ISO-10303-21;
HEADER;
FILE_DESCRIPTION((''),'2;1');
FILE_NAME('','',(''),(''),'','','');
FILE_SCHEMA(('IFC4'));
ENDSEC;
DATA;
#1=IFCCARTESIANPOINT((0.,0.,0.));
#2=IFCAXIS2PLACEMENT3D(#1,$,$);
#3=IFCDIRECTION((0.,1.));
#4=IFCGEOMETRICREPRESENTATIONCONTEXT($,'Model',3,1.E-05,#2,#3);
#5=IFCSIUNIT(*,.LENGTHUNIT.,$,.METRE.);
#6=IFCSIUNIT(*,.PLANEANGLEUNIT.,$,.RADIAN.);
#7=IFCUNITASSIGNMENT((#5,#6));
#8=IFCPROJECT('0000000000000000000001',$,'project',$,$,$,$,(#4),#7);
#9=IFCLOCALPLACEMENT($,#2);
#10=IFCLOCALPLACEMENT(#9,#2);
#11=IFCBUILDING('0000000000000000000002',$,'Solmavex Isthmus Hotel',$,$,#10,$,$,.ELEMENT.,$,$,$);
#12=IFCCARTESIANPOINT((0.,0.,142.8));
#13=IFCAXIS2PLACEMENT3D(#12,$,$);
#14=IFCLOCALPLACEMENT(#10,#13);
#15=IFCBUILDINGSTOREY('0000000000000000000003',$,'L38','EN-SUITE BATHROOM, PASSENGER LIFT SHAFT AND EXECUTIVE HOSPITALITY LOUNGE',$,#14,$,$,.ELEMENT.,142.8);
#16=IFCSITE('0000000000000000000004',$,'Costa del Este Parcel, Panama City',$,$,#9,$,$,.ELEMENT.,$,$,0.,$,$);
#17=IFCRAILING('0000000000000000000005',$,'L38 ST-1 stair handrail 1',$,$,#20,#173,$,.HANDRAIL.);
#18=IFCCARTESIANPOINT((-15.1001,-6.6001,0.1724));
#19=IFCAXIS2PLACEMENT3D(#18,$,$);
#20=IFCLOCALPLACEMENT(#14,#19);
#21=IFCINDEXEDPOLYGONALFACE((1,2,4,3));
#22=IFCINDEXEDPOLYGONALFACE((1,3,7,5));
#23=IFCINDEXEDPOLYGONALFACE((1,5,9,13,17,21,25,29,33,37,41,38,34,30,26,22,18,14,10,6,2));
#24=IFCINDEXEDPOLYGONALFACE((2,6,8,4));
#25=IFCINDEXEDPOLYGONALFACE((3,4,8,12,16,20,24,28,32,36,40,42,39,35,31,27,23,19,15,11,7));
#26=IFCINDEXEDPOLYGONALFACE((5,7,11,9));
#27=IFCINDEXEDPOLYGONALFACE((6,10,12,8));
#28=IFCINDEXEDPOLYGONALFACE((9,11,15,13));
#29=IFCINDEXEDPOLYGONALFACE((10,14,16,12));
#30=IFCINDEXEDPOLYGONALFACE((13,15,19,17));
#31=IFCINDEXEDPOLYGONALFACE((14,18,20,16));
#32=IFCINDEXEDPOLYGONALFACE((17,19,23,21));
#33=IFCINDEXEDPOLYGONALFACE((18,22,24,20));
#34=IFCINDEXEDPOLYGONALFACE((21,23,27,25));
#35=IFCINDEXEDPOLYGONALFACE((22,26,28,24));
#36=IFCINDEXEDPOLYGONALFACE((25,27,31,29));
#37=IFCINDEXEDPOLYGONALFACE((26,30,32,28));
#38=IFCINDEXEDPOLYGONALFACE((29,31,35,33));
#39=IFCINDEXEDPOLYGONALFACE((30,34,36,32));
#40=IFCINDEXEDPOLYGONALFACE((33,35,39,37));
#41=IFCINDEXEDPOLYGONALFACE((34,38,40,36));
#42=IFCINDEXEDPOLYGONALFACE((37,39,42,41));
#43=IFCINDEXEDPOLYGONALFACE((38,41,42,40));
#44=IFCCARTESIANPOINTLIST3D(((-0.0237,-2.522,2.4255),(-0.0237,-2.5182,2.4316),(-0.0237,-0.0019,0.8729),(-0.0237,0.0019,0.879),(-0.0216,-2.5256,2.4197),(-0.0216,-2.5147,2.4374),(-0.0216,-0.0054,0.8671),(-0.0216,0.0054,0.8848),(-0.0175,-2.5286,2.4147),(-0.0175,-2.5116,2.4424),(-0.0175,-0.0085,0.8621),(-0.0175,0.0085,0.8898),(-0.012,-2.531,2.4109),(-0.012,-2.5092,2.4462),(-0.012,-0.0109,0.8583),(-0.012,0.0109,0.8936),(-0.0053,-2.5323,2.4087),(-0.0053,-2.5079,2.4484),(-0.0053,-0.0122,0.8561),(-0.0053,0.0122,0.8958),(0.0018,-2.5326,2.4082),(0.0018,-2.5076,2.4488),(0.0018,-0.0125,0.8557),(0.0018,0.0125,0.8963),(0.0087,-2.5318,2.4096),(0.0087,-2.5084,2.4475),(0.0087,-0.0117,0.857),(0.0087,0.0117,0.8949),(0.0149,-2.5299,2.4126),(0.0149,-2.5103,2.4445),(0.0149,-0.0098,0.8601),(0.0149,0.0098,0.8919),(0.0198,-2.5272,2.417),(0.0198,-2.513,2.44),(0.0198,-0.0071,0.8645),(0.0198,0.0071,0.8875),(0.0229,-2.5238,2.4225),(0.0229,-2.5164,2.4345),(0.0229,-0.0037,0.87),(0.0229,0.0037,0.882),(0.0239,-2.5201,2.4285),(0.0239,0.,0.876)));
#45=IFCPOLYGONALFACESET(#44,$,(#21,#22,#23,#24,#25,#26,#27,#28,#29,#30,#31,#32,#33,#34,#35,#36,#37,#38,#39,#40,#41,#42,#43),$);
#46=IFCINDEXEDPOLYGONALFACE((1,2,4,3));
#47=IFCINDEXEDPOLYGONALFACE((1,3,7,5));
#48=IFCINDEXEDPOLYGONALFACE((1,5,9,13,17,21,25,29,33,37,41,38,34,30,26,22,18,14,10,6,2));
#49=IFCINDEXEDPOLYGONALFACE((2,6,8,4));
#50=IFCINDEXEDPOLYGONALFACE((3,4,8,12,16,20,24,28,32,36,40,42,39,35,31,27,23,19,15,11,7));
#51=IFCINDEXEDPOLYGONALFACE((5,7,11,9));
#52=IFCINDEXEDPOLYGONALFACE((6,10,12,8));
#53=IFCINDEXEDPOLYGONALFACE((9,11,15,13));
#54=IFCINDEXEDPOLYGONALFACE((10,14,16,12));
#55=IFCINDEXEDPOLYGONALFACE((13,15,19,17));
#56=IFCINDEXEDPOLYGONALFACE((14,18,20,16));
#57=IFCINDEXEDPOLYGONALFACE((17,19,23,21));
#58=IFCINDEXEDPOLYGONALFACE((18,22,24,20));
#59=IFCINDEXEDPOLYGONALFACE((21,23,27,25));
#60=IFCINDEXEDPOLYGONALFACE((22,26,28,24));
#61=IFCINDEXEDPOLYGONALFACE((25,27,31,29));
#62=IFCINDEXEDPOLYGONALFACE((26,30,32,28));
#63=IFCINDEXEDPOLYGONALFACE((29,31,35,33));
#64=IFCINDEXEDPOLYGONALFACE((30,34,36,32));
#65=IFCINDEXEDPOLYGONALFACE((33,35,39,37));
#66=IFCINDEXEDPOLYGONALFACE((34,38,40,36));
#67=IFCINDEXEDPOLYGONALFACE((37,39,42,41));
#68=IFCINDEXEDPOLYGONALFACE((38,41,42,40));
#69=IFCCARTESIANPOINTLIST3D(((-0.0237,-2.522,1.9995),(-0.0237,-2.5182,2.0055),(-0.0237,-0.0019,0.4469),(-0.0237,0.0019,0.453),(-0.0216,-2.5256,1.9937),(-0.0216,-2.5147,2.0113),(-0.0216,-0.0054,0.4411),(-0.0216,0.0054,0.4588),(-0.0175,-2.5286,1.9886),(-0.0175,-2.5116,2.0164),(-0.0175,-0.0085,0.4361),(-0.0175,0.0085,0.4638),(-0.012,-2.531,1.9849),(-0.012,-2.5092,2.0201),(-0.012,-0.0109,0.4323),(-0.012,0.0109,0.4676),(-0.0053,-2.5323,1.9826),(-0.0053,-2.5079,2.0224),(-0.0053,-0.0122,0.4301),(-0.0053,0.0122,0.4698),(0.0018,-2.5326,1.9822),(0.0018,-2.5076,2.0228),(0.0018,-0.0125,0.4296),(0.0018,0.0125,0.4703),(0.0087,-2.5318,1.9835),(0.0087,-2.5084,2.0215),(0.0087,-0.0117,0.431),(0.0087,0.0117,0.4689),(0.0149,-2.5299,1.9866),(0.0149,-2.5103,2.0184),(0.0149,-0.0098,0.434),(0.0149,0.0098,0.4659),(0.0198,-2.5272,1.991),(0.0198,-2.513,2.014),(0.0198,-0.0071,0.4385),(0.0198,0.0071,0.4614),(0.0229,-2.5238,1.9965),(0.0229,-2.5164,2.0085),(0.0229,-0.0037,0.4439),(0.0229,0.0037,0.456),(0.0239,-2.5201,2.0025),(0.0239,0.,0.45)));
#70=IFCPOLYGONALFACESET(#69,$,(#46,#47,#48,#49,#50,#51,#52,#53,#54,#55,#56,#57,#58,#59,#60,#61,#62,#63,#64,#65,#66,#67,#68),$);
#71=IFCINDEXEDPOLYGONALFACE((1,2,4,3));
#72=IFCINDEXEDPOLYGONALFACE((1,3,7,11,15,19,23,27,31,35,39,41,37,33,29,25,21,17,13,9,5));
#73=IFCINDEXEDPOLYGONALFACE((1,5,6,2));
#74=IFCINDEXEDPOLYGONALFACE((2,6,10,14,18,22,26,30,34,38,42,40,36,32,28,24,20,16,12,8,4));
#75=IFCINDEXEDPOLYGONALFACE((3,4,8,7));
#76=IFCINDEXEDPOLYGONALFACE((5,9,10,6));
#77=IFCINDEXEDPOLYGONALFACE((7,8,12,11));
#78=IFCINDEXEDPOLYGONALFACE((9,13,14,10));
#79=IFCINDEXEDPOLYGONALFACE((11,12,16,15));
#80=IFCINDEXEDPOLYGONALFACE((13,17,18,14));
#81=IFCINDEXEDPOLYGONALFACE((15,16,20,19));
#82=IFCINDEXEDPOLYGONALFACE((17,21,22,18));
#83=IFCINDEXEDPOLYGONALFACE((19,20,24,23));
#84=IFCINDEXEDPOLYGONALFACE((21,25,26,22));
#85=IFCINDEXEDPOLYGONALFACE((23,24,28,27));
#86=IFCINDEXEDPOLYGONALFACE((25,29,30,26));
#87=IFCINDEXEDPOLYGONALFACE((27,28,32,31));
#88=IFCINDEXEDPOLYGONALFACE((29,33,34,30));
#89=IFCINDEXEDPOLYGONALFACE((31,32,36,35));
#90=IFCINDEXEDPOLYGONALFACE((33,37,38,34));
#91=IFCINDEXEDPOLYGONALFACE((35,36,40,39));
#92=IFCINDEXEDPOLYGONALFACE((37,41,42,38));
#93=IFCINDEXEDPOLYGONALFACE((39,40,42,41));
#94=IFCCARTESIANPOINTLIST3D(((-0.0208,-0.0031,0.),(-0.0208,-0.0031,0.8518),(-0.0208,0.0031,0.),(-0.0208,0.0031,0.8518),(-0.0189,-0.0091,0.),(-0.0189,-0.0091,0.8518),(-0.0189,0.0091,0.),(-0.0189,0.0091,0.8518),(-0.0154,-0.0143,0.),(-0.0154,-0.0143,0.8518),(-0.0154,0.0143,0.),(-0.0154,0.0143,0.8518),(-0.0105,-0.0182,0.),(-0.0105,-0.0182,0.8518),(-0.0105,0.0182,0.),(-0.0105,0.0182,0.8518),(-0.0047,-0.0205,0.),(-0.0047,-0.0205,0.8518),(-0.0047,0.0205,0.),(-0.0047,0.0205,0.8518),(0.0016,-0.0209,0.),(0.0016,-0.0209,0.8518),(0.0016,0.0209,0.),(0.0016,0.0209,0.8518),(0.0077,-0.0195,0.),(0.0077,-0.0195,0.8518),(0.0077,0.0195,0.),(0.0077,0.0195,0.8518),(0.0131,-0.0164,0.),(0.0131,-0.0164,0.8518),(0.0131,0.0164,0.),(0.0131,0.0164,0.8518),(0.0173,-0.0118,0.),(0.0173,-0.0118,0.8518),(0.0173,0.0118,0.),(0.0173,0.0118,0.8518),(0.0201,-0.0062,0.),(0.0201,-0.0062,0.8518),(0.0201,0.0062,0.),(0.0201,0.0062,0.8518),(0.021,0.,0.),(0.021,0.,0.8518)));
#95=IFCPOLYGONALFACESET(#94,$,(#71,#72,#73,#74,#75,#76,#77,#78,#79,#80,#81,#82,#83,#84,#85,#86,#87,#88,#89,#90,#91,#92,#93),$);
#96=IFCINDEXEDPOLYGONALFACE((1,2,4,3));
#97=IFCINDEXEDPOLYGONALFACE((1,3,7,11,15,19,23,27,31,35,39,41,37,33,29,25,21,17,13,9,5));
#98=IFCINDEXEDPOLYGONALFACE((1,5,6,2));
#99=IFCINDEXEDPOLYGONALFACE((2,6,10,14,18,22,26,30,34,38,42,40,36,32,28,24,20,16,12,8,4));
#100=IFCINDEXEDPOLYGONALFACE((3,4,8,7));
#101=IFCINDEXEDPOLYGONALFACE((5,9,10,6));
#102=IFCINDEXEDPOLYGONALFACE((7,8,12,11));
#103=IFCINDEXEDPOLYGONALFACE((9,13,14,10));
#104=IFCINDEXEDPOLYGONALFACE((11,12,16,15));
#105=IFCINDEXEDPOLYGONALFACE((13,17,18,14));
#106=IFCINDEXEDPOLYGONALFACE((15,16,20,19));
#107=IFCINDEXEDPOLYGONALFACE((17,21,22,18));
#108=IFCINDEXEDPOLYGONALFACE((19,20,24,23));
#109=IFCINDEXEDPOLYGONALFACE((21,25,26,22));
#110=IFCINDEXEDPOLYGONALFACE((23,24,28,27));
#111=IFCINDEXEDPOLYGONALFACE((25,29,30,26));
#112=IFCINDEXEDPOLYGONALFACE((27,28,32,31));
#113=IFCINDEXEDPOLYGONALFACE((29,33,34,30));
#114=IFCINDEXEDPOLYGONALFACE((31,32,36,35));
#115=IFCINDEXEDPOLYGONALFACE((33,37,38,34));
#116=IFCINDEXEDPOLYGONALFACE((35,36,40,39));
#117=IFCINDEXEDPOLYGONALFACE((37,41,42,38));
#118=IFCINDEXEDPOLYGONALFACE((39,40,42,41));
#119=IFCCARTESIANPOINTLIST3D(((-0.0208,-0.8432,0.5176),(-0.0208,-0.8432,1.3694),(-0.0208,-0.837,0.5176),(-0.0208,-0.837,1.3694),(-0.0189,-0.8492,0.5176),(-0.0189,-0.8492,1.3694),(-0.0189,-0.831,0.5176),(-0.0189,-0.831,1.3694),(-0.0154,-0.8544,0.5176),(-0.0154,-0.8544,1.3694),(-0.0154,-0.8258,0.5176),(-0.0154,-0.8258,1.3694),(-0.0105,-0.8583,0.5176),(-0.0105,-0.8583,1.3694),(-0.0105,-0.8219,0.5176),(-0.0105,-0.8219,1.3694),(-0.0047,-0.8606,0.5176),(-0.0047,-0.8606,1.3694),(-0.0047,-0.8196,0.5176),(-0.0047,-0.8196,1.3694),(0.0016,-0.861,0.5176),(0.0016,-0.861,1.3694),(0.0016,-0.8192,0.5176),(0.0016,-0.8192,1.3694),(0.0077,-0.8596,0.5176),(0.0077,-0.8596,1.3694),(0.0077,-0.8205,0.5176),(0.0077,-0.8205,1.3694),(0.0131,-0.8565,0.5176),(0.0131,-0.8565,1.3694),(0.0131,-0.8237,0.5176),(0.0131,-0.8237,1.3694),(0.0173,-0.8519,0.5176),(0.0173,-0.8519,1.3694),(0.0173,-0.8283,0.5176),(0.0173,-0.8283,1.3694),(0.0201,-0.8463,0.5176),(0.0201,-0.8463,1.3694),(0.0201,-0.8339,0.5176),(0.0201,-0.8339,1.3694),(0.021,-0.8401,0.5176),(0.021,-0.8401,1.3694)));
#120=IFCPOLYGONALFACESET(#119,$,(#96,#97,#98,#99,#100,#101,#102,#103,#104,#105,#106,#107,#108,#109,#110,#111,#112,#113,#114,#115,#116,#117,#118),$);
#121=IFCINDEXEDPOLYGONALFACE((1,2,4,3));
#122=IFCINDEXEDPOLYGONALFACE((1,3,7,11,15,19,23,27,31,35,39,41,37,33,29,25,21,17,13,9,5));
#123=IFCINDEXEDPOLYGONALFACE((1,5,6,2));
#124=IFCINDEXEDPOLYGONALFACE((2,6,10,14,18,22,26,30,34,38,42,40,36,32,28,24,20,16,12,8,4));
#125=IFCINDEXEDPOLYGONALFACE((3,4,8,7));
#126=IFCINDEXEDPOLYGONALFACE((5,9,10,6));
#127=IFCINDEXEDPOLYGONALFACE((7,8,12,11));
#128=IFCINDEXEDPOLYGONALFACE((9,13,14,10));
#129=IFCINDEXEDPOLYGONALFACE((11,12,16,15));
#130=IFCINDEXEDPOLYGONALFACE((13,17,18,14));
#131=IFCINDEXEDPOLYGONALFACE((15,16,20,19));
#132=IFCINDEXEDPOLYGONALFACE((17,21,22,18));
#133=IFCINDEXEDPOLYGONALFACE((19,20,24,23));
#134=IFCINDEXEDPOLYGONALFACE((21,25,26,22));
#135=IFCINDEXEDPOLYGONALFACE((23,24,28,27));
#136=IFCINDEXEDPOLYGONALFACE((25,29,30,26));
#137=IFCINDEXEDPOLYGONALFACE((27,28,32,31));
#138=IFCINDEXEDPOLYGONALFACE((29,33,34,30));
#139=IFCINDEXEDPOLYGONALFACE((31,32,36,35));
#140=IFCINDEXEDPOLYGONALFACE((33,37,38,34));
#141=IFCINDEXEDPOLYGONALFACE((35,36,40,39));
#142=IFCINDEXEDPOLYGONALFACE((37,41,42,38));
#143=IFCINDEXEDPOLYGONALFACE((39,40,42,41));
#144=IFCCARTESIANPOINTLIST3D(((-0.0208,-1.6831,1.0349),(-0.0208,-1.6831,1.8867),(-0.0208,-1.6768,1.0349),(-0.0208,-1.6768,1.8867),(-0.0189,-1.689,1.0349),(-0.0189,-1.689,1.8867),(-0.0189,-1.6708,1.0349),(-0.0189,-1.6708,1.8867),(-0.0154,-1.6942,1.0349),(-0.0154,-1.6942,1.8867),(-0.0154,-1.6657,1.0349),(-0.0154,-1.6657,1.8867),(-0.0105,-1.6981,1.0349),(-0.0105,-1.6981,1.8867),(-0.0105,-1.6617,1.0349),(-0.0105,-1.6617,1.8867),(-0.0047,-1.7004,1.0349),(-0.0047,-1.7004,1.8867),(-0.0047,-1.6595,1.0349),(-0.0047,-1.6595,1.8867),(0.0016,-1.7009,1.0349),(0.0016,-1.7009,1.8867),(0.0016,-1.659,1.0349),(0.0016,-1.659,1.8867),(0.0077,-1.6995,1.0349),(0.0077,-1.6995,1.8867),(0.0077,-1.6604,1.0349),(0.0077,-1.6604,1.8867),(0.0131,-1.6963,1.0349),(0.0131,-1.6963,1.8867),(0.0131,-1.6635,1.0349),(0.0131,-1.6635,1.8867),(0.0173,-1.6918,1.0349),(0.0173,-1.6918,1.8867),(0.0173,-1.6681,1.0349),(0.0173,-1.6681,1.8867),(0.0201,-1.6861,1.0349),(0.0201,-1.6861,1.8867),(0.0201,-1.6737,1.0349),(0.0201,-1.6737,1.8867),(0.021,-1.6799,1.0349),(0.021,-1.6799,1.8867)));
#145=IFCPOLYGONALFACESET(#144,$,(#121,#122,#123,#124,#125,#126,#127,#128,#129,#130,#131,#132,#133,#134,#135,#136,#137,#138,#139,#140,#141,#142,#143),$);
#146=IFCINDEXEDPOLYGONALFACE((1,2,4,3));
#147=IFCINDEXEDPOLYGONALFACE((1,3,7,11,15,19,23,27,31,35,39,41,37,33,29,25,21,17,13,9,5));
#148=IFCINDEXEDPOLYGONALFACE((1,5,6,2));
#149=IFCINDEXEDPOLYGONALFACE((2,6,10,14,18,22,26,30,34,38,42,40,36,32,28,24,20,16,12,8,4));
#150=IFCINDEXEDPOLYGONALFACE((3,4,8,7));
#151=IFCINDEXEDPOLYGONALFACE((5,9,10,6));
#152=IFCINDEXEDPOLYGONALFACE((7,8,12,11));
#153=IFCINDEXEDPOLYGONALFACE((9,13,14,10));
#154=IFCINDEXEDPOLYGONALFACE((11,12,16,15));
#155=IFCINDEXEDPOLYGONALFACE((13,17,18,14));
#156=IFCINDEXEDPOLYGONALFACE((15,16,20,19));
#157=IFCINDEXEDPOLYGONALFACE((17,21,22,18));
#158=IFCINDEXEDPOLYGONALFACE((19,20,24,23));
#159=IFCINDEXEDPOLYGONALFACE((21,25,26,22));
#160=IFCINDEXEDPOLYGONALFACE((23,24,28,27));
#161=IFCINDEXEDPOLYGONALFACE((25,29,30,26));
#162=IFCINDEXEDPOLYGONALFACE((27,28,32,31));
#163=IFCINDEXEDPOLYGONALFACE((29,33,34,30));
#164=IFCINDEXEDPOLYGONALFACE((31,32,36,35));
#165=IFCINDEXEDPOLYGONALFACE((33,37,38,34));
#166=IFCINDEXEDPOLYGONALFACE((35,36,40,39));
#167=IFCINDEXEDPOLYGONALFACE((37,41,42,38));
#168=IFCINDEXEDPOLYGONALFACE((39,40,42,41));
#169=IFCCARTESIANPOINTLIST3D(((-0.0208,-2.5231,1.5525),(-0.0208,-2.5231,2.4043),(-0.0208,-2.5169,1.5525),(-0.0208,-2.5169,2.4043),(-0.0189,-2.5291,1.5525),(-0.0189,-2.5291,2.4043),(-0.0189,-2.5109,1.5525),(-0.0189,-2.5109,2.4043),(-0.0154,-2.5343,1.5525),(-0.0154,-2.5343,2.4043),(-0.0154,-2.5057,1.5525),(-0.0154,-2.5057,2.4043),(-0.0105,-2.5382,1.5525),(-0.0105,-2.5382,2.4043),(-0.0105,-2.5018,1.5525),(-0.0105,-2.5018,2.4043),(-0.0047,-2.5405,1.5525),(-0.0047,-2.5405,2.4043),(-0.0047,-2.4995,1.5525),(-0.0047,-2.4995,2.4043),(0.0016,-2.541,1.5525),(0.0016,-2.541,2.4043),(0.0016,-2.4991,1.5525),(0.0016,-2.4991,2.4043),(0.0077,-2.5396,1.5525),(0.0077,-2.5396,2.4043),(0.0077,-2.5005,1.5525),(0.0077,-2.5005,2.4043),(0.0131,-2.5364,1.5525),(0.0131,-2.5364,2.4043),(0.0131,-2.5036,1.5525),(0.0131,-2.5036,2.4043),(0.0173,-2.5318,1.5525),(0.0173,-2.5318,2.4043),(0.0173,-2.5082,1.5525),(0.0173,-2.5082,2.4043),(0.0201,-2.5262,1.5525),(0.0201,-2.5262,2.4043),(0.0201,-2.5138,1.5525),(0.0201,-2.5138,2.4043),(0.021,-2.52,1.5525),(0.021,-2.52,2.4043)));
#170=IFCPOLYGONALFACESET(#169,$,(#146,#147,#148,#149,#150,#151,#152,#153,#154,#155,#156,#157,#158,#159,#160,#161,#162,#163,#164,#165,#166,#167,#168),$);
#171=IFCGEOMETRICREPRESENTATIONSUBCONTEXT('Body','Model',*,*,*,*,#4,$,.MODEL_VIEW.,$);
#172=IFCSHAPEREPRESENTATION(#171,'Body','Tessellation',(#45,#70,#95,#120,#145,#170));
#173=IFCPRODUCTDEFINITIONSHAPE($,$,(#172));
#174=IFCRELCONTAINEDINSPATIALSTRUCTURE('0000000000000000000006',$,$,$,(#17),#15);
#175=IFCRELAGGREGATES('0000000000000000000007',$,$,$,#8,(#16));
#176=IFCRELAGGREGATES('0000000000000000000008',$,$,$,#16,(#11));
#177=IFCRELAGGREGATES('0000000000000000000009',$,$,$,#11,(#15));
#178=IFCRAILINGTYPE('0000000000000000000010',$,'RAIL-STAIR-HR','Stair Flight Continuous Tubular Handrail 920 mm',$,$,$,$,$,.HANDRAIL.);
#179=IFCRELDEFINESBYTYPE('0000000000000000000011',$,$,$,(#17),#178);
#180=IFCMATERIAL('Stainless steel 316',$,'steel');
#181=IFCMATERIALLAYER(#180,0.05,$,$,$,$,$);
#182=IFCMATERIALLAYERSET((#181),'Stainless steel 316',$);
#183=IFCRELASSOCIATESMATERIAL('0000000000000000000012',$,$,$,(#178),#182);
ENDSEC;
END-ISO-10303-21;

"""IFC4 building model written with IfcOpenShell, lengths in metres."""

from ifc_helpers import new_model, si_unit, direction, frame, origin, origin_2d, place, context, subcontext, project, spatial, circle, extrude, material, layer, layer_set, type_object, element, save


model = new_model("IFC4")

# Units and contexts
model_context = context("Model", 3, precision=1e-05, world=origin(), true_north=direction((0.0, 1.0)))
body_context = subcontext(model_context, "Body", "Model", "MODEL_VIEW")
ifc_project = project(units=[si_unit("LENGTHUNIT", "METRE"), si_unit("PLANEANGLEUNIT", "RADIAN")], contexts=[model_context])

# Site, building, storey
site_placement = place(None, origin())
site = spatial("IfcSite", under=ifc_project, at=site_placement, Name="Costa del Este Parcel, Panama City", CompositionType="ELEMENT", RefElevation=0.0)
building_placement = place(site_placement, origin())
building = spatial("IfcBuilding", under=site, at=building_placement, Name="Solmavex Isthmus Hotel", CompositionType="ELEMENT")
storey_placement = place(building_placement, frame((0.0, 0.0, 142.8)))
storey = spatial("IfcBuildingStorey", under=building, at=storey_placement, Name="L38", Description="EN-SUITE BATHROOM, PASSENGER LIFT SHAFT AND EXECUTIVE HOSPITALITY LOUNGE", CompositionType="ELEMENT", Elevation=142.8)

# Railing
ifc_material_1 = material(Name="Stainless steel 316", Category="steel")
ifc_layer_1 = layer(ifc_material_1, 0.05)
ifc_layer_set_1 = layer_set([ifc_layer_1], Name="Stainless steel 316")
railing_type_1 = type_object("IfcRailingType", Name="RAIL-STAIR-HR", Description="Stair Flight Continuous Tubular Handrail 920 mm", PredefinedType="HANDRAIL", material=ifc_layer_set_1)
railing_1_placement = place(storey_placement, frame((-15.1001, -6.6001, 0.1724)))
element("IfcRailing", 1, at=railing_1_placement, inside=storey, type_object=railing_type_1, Name="L38 ST-1 stair handrail 1", PredefinedType="HANDRAIL", context=body_context, shape_type="SweptSolid", body=[
    extrude(circle(Radius=0.0239, at=origin_2d()), frame((0.0, 0.0, 0.876), z_axis=(0.0, -0.8514, 0.524516), x_axis=(1.0, 0.0, 0.0)), (0.0, 0.0, 1.0), 2.96),
    extrude(circle(Radius=0.0239, at=origin_2d()), frame((0.0, 0.0, 0.45), z_axis=(0.0, -0.8514, 0.524516), x_axis=(1.0, 0.0, 0.0)), (0.0, 0.0, 1.0), 2.96),
    extrude(circle(Radius=0.021, at=origin_2d()), origin(), (0.0, 0.0, 1.0), 0.8518),
    extrude(circle(Radius=0.021, at=origin_2d()), frame((0.0, -0.8401, 0.5176)), (0.0, 0.0, 1.0), 0.8518),
    extrude(circle(Radius=0.021, at=origin_2d()), frame((0.0, -1.6799, 1.0349)), (0.0, 0.0, 1.0), 0.8518),
    extrude(circle(Radius=0.021, at=origin_2d()), frame((0.0, -2.52, 1.5525)), (0.0, 0.0, 1.0), 0.8518),
])

save(model, "model.ifc")
